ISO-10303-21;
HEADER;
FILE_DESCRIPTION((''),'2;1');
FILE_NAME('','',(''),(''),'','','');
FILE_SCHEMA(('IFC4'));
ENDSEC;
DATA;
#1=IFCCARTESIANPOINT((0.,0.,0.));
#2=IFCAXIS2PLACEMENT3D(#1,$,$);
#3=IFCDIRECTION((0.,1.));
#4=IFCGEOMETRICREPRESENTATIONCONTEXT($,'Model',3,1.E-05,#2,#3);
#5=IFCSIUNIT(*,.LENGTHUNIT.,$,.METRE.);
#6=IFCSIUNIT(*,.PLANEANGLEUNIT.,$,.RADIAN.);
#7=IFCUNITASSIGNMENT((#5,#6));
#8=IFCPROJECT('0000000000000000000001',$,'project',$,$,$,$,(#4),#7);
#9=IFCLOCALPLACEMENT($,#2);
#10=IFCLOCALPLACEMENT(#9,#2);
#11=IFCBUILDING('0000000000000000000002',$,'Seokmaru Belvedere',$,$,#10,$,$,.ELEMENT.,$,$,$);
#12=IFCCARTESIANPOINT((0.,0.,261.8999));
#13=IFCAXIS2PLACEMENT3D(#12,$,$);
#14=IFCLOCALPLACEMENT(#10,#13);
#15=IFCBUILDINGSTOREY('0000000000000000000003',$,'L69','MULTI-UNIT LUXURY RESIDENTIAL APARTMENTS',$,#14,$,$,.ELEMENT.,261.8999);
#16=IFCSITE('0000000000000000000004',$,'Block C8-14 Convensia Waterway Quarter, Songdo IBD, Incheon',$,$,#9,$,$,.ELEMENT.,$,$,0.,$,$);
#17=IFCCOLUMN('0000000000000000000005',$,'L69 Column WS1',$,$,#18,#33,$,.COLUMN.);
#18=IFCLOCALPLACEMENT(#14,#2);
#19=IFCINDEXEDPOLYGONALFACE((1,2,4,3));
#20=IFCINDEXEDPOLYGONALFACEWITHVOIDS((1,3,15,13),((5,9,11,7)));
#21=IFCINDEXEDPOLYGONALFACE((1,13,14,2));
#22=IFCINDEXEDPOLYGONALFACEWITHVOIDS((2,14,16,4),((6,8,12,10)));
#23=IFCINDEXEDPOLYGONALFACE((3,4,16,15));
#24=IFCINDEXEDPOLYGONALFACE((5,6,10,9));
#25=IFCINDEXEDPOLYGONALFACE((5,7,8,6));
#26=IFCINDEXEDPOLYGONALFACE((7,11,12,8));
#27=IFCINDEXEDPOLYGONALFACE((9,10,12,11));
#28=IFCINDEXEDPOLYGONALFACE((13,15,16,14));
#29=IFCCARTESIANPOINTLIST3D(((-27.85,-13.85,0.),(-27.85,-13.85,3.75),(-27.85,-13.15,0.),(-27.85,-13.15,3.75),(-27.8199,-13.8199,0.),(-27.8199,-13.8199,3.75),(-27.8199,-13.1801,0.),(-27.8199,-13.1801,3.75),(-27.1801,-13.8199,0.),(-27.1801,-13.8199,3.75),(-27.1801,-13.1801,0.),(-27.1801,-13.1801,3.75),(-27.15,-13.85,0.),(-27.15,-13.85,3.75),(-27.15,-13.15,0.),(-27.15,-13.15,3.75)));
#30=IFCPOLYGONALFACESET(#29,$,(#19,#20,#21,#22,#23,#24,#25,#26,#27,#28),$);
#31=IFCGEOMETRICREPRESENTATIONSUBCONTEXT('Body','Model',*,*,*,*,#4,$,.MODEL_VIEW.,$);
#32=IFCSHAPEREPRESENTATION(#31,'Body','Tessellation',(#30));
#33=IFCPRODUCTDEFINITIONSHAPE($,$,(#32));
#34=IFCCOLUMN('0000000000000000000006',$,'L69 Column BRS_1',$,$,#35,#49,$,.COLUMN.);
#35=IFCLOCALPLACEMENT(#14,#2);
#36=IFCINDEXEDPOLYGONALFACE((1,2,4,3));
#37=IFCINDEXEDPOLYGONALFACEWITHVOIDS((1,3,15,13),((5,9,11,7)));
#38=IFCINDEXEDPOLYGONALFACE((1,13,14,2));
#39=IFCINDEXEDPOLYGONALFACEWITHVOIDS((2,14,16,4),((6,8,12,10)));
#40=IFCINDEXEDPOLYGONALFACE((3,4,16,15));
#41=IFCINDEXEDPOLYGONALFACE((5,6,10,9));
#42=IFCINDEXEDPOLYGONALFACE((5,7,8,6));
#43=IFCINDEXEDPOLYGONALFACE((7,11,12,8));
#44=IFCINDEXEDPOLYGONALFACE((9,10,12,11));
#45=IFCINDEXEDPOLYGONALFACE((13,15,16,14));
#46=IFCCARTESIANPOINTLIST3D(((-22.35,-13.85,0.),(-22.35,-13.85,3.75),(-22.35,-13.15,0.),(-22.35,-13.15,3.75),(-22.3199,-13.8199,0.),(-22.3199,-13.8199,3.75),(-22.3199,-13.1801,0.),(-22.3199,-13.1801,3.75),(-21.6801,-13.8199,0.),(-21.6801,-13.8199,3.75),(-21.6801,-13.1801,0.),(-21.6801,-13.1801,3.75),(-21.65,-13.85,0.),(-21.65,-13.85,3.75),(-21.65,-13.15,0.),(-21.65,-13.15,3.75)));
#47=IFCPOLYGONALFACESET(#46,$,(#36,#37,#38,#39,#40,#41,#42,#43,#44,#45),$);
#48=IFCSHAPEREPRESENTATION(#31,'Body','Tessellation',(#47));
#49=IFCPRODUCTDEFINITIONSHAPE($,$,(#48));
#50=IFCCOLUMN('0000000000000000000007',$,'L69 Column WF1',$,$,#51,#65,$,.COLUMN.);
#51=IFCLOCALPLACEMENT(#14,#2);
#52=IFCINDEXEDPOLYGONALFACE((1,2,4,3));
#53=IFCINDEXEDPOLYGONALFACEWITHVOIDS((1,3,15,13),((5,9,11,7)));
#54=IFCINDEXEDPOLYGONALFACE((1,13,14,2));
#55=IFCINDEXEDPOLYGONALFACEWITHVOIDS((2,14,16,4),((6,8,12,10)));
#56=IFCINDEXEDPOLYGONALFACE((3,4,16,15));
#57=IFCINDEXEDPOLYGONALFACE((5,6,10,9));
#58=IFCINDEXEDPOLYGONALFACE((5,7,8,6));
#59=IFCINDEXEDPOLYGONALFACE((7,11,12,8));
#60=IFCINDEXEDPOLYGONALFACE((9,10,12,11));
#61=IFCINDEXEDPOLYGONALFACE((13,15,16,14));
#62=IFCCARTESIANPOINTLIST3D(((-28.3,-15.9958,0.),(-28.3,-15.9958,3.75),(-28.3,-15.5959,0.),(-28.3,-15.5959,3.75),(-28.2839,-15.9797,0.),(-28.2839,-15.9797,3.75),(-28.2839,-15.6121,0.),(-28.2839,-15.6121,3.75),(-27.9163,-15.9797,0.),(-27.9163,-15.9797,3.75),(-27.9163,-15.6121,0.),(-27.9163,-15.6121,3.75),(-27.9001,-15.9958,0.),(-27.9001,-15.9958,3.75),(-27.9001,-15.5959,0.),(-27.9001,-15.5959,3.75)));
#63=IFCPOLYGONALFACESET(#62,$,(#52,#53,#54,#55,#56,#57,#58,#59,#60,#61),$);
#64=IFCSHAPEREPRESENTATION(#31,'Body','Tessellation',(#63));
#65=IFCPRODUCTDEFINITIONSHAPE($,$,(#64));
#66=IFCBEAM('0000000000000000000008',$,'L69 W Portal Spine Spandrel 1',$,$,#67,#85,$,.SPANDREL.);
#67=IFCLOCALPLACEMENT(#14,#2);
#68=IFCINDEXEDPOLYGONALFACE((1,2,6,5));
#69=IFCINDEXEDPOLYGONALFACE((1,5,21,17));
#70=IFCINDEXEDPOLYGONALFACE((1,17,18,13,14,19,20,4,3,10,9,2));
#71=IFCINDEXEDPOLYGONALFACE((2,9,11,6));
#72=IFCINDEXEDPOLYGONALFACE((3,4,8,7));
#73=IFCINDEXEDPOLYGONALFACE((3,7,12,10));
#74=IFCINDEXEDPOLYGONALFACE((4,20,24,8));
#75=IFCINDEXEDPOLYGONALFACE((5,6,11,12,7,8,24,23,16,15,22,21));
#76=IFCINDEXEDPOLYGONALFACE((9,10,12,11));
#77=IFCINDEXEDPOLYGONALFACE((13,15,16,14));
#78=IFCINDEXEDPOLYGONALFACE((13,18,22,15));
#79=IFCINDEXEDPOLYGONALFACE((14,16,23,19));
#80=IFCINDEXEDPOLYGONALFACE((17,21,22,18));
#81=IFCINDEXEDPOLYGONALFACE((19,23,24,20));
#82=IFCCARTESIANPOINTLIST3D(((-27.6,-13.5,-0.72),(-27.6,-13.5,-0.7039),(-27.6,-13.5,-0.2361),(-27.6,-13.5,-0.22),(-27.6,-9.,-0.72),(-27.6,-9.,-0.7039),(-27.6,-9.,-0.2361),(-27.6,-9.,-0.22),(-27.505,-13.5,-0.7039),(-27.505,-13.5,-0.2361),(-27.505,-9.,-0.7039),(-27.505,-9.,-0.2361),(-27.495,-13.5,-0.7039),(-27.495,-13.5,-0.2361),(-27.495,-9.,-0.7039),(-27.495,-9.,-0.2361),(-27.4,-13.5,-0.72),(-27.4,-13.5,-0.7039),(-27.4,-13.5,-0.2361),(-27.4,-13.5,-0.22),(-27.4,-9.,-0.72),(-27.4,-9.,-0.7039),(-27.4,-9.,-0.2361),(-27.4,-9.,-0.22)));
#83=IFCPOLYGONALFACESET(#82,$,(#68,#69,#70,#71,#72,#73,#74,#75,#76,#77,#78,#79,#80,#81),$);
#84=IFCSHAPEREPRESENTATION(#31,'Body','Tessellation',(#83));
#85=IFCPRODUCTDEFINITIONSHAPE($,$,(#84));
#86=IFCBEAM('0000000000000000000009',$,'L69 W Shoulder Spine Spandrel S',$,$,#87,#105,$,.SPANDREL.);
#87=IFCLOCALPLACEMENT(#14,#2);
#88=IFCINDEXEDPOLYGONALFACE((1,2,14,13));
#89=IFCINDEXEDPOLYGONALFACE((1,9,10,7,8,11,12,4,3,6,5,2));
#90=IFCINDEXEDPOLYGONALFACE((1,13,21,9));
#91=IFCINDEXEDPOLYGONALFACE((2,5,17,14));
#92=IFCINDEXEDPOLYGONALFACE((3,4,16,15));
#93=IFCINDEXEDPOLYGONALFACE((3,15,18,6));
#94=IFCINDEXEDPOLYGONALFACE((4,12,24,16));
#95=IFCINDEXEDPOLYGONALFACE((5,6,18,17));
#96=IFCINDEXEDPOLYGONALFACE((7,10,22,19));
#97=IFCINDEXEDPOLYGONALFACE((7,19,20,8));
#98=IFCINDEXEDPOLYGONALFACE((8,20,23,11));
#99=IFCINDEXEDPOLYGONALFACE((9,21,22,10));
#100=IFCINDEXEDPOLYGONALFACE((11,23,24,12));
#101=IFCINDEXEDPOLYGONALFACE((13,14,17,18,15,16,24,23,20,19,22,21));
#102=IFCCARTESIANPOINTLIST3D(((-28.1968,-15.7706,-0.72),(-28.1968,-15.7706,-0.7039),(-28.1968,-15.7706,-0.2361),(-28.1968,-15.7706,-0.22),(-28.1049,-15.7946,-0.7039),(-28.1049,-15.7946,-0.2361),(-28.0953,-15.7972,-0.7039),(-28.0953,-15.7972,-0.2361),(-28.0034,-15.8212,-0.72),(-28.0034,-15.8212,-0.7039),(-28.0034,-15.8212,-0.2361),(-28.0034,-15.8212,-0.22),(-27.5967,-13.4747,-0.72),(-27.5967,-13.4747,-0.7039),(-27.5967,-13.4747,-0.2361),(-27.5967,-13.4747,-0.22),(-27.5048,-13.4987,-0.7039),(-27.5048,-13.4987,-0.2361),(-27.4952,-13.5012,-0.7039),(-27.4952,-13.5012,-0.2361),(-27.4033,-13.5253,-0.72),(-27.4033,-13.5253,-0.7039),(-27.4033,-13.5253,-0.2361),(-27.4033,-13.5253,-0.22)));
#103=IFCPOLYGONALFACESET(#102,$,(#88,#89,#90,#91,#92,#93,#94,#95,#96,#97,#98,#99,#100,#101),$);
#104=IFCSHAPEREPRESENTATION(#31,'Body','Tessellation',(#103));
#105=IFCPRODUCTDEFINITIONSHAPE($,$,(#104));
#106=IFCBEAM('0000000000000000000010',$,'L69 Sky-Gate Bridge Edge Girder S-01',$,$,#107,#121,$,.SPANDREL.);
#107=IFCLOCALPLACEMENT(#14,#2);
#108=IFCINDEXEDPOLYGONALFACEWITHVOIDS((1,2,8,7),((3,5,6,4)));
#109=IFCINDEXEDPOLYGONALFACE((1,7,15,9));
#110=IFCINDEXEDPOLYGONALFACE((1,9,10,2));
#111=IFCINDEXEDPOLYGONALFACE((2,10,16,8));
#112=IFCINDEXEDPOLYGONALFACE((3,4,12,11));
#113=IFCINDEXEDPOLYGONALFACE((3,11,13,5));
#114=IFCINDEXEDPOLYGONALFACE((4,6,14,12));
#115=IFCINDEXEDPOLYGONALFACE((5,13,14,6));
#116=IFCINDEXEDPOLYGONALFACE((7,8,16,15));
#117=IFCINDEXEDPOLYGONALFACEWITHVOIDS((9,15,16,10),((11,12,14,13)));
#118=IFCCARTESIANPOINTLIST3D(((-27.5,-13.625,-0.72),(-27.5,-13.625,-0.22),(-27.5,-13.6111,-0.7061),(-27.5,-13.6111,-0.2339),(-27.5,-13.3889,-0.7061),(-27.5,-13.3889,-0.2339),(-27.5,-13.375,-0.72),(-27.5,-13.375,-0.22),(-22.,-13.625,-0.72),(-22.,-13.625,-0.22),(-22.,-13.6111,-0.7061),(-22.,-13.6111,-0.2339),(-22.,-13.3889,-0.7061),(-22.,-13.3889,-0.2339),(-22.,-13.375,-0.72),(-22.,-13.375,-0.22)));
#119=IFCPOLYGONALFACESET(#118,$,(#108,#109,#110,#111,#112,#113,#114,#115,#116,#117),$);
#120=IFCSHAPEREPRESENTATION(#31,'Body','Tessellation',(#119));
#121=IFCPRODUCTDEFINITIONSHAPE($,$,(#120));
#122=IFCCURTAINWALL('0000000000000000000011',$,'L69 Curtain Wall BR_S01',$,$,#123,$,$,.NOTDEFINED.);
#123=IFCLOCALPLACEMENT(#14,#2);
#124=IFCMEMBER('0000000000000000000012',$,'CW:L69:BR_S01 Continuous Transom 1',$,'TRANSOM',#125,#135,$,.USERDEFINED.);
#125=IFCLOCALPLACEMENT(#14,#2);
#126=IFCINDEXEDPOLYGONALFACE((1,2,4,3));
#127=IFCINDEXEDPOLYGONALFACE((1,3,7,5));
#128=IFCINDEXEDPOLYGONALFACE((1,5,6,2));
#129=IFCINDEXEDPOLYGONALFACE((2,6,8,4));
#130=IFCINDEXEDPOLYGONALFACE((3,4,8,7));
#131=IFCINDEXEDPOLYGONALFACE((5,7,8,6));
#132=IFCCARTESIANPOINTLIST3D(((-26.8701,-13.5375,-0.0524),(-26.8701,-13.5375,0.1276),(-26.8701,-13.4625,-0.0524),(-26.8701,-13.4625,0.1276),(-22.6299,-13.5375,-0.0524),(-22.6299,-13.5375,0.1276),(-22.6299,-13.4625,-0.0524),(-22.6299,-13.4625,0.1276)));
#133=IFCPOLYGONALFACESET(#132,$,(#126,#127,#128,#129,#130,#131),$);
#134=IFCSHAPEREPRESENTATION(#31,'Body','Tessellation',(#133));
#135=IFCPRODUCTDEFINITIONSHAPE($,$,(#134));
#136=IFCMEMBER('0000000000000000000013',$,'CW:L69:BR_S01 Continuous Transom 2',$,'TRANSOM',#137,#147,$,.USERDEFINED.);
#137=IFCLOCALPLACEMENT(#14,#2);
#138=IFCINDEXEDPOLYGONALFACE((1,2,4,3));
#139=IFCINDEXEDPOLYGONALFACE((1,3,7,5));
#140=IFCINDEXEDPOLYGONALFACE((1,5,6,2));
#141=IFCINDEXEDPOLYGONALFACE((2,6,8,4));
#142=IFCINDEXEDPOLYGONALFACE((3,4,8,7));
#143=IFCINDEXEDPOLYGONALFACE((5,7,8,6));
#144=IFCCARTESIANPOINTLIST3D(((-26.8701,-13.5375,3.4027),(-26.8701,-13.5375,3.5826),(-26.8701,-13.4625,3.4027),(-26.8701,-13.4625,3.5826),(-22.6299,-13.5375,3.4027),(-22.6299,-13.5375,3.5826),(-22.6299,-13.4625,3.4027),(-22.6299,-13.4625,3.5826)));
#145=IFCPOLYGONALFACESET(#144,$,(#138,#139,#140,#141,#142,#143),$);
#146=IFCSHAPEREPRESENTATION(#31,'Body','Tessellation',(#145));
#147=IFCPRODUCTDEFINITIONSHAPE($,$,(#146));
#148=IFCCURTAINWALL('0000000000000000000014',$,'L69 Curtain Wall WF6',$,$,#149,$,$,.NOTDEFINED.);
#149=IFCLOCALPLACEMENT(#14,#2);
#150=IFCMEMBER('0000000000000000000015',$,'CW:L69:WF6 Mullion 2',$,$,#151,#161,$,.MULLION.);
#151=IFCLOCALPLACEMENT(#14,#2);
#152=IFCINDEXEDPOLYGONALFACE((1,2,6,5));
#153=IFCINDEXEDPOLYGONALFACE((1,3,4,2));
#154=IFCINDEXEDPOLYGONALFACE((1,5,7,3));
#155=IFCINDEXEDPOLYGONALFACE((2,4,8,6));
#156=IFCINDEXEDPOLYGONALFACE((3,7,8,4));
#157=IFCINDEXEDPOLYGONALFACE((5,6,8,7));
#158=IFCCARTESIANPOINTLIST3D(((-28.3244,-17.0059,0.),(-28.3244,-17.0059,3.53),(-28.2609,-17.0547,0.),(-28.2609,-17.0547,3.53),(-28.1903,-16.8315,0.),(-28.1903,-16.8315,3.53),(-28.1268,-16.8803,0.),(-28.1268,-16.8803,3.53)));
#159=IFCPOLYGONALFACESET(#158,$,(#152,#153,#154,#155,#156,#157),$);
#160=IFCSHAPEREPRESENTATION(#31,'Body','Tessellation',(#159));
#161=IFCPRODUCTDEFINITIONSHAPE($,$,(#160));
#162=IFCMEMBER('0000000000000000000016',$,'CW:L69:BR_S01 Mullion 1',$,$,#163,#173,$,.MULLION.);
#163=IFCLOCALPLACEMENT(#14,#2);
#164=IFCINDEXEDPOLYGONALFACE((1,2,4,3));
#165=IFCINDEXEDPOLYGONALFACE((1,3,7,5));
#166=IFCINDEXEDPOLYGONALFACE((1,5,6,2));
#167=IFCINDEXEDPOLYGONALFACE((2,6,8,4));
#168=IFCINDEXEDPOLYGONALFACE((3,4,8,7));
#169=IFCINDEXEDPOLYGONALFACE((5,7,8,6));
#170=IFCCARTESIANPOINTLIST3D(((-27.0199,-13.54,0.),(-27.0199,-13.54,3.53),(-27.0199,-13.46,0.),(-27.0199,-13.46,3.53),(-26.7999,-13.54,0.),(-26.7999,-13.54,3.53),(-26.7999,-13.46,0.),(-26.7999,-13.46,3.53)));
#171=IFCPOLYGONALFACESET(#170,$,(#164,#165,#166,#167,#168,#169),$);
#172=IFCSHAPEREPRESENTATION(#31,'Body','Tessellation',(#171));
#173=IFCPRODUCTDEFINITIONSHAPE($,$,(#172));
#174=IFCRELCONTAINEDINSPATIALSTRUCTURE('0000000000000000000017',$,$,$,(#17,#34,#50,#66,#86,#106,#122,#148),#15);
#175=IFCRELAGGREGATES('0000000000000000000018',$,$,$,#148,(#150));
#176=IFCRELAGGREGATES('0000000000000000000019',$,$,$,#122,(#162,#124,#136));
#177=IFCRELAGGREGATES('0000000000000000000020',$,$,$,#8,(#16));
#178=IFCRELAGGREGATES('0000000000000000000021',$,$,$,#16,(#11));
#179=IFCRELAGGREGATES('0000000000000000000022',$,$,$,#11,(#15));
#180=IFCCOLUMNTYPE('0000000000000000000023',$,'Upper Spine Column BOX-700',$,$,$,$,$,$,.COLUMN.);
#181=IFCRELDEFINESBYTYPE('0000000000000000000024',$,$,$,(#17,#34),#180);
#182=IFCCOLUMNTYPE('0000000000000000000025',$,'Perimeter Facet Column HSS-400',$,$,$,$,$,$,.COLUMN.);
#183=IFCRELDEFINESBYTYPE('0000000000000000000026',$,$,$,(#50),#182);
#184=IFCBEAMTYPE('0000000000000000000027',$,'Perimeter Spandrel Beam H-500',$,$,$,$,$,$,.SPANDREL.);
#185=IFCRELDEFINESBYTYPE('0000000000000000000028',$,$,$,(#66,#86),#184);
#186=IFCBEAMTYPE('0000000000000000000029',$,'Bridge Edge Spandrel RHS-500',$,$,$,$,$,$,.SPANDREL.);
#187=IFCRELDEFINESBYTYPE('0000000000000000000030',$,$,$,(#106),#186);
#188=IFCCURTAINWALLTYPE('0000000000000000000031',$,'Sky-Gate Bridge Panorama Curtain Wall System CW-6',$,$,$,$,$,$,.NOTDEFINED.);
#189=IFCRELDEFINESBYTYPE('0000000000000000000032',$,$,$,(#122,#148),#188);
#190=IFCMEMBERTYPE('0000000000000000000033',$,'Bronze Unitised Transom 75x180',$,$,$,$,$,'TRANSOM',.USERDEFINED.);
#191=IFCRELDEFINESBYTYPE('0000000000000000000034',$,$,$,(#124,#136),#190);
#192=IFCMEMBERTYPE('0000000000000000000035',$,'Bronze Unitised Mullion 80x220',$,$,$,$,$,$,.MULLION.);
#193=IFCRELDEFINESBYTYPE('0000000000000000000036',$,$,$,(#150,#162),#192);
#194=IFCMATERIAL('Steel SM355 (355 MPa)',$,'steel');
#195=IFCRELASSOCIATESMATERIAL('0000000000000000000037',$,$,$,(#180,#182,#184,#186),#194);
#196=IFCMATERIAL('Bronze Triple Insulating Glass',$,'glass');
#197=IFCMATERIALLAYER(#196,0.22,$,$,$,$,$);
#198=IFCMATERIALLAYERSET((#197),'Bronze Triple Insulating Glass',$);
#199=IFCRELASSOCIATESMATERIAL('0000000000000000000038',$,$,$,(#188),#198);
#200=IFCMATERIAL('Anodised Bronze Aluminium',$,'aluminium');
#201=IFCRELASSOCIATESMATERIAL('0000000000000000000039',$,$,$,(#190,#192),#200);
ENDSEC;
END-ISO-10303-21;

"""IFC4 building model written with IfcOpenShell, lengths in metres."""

from ifc_helpers import new_model, si_unit, direction, frame, origin, origin_2d, place, context, subcontext, project, spatial, rectangle, hollow_rectangle, i_section, extrude, source, transform, mapped, material, layer, layer_set, material_profile, profile_set, type_object, type_shapes, element, aggregate, save


model = new_model("IFC4")

# Units and contexts
model_context = context("Model", 3, precision=1e-05, world=origin(), true_north=direction((0.0, 1.0)))
body_context = subcontext(model_context, "Body", "Model", "MODEL_VIEW")
ifc_project = project(units=[si_unit("LENGTHUNIT", "METRE"), si_unit("PLANEANGLEUNIT", "RADIAN")], contexts=[model_context])

# Site, building, storey
site_placement = place(None, origin())
site = spatial("IfcSite", under=ifc_project, at=site_placement, Name="Block C8-14 Convensia Waterway Quarter, Songdo IBD, Incheon", CompositionType="ELEMENT", RefElevation=0.0)
building_placement = place(site_placement, origin())
building = spatial("IfcBuilding", under=site, at=building_placement, Name="Seokmaru Belvedere", CompositionType="ELEMENT")
storey_placement = place(building_placement, frame((0.0, 0.0, 261.8999)))
storey = spatial("IfcBuildingStorey", under=building, at=storey_placement, Name="L69", Description="MULTI-UNIT LUXURY RESIDENTIAL APARTMENTS", CompositionType="ELEMENT", Elevation=261.8999)

# Columns
ifc_material_1 = material(Name="Steel SM355 (355 MPa)", Category="steel")
ifc_material_profile_1 = material_profile(ifc_material_1, hollow_rectangle(XDim=0.7, YDim=0.7, WallThickness=0.03, at=origin_2d()), Name="BOX-700x700x30")
ifc_profile_set_1 = profile_set([ifc_material_profile_1], Name="Steel SM355 (355 MPa)")
column_type_1 = type_object("IfcColumnType", Name="Upper Spine Column BOX-700", PredefinedType="COLUMN", material=ifc_profile_set_1)
shared_shape_1 = source(origin(), body_context, "Body", "SweptSolid", [
    extrude(hollow_rectangle(XDim=0.7, YDim=0.7, WallThickness=0.03, at=origin_2d()), origin(), (0.0, 0.0, 1.0), 3.75),
])
type_shapes(column_type_1, [shared_shape_1])
for number, where, z_axis, x_axis, name in (
    (1, (-27.5, -13.5, 0.0), (0.0, 0.0, 1.0), (1.0, 0.0, 0.0), "L69 Column WS1"),
    (2, (-22.0, -13.5, 0.0), (0.0, 0.0, 1.0), (1.0, 0.0, 0.0), "L69 Column BRS_1"),
):
    element("IfcColumn", number, at=place(storey_placement, frame(where, z_axis=z_axis, x_axis=x_axis)), inside=storey, type_object=column_type_1, Name=name, PredefinedType="COLUMN", context=body_context, shape_type="MappedRepresentation", body=[
        mapped(shared_shape_1, transform((0.0, 0.0, 0.0), scale=1.0)),
    ])
ifc_material_profile_2 = material_profile(ifc_material_1, hollow_rectangle(XDim=0.3999, YDim=0.3999, WallThickness=0.0161, at=origin_2d()), Name="HSS-400x400x16")
ifc_profile_set_2 = profile_set([ifc_material_profile_2], Name="Steel SM355 (355 MPa)")
column_type_2 = type_object("IfcColumnType", Name="Perimeter Facet Column HSS-400", PredefinedType="COLUMN", material=ifc_profile_set_2)
shared_shape_2 = source(origin(), body_context, "Body", "SweptSolid", [
    extrude(hollow_rectangle(XDim=0.3999, YDim=0.3999, WallThickness=0.0161, at=origin_2d()), origin(), (0.0, 0.0, 1.0), 3.75),
])
type_shapes(column_type_2, [shared_shape_2])
column_placement = place(storey_placement, frame((-28.1001, -15.7959, 0.0), z_axis=(0.0, 0.0, 1.0), x_axis=(1.0, 0.0, 0.0)))
element("IfcColumn", 3, at=column_placement, inside=storey, type_object=column_type_2, Name="L69 Column WF1", PredefinedType="COLUMN", context=body_context, shape_type="MappedRepresentation", body=[
    mapped(shared_shape_2, transform((0.0, 0.0, 0.0), scale=1.0)),
])

# Beams
ifc_material_profile_3 = material_profile(ifc_material_1, i_section(OverallWidth=0.2, OverallDepth=0.5, WebThickness=0.01, FlangeThickness=0.0161, at=origin_2d()), Name="H-500x200x10x16")
ifc_profile_set_3 = profile_set([ifc_material_profile_3], Name="Steel SM355 (355 MPa)")
beam_type_1 = type_object("IfcBeamType", Name="Perimeter Spandrel Beam H-500", PredefinedType="SPANDREL", material=ifc_profile_set_3)
shared_shape_3 = source(origin(), body_context, "Body", "SweptSolid", [
    extrude(i_section(OverallWidth=0.2, OverallDepth=0.5, WebThickness=0.01, FlangeThickness=0.0161, at=origin_2d()), origin(), (0.0, 0.0, 1.0), 4.5),
])
beam_1_placement = place(storey_placement, frame((-27.5, -13.5, -0.47), z_axis=(0.0, 1.0, 0.0), x_axis=(-1.0, 0.0, 0.0)))
element("IfcBeam", 4, at=beam_1_placement, inside=storey, type_object=beam_type_1, Name="L69 W Portal Spine Spandrel 1", PredefinedType="SPANDREL", context=body_context, shape_type="MappedRepresentation", body=[
    mapped(shared_shape_3, transform((0.0, 0.0, 0.0), scale=1.0)),
])
shared_shape_4 = source(origin(), body_context, "Body", "SweptSolid", [
    extrude(i_section(OverallWidth=0.2, OverallDepth=0.5, WebThickness=0.01, FlangeThickness=0.0161, at=origin_2d()), origin(), (0.0, 0.0, 1.0), 2.373),
])
type_shapes(beam_type_1, [shared_shape_3, shared_shape_4])
beam_2_placement = place(storey_placement, frame((-28.1001, -15.7959, -0.47), z_axis=(0.252883, 0.967497, 0.0), x_axis=(-0.967497, 0.252883, 0.0)))
element("IfcBeam", 5, at=beam_2_placement, inside=storey, type_object=beam_type_1, Name="L69 W Shoulder Spine Spandrel S", PredefinedType="SPANDREL", context=body_context, shape_type="MappedRepresentation", body=[
    mapped(shared_shape_4, transform((0.0, 0.0, 0.0), scale=1.0)),
])
ifc_material_profile_4 = material_profile(ifc_material_1, hollow_rectangle(XDim=0.25, YDim=0.5, WallThickness=0.0139, at=origin_2d()), Name="RHS-500x250x14")
ifc_profile_set_4 = profile_set([ifc_material_profile_4], Name="Steel SM355 (355 MPa)")
beam_type_2 = type_object("IfcBeamType", Name="Bridge Edge Spandrel RHS-500", PredefinedType="SPANDREL", material=ifc_profile_set_4)
shared_shape_5 = source(origin(), body_context, "Body", "SweptSolid", [
    extrude(hollow_rectangle(XDim=0.25, YDim=0.5, WallThickness=0.0139, at=origin_2d()), origin(), (0.0, 0.0, 1.0), 5.5),
])
type_shapes(beam_type_2, [shared_shape_5])
beam_3_placement = place(storey_placement, frame((-27.5, -13.5, -0.47), z_axis=(1.0, 0.0, 0.0), x_axis=(0.0, 1.0, 0.0)))
element("IfcBeam", 6, at=beam_3_placement, inside=storey, type_object=beam_type_2, Name="L69 Sky-Gate Bridge Edge Girder S-01", PredefinedType="SPANDREL", context=body_context, shape_type="MappedRepresentation", body=[
    mapped(shared_shape_5, transform((0.0, 0.0, 0.0), scale=1.0)),
])

# Curtain wall, members
ifc_material_2 = material(Name="Bronze Triple Insulating Glass", Category="glass")
ifc_layer_1 = layer(ifc_material_2, 0.22)
ifc_layer_set_1 = layer_set([ifc_layer_1], Name="Bronze Triple Insulating Glass")
curtain_wall_type = type_object("IfcCurtainWallType", Name="Sky-Gate Bridge Panorama Curtain Wall System CW-6", PredefinedType="NOTDEFINED", material=ifc_layer_set_1)
curtain_wall_1_placement = place(storey_placement, origin())
curtain_wall_1 = element("IfcCurtainWall", 7, at=curtain_wall_1_placement, inside=storey, type_object=curtain_wall_type, Name="L69 Curtain Wall BR_S01", PredefinedType="NOTDEFINED")
ifc_material_3 = material(Name="Anodised Bronze Aluminium", Category="aluminium")
ifc_material_profile_5 = material_profile(ifc_material_3, rectangle(XDim=0.075, YDim=0.1799, at=origin_2d()), Name="CW-T-75x180")
ifc_profile_set_5 = profile_set([ifc_material_profile_5], Name="Anodised Bronze Aluminium")
member_type_1 = type_object("IfcMemberType", Name="Bronze Unitised Transom 75x180", ElementType="TRANSOM", PredefinedType="USERDEFINED", material=ifc_profile_set_5)
shared_shape_6 = source(origin(), body_context, "Body", "SweptSolid", [
    extrude(rectangle(XDim=0.075, YDim=0.1799, at=origin_2d()), origin(), (0.0, 0.0, 1.0), 4.2402),
])
type_shapes(member_type_1, [shared_shape_6])
member_1_placement = place(storey_placement, frame((-26.8701, -13.5, 0.0376), z_axis=(1.0, 0.0, 0.0), x_axis=(0.0, 1.0, 0.0)))
member_1 = element("IfcMember", 8, at=member_1_placement, type_object=member_type_1, Name="CW:L69:BR_S01 Continuous Transom 1", ObjectType="TRANSOM", PredefinedType="USERDEFINED", context=body_context, shape_type="MappedRepresentation", body=[
    mapped(shared_shape_6, transform((0.0, 0.0, 0.0), scale=1.0)),
])
member_2_placement = place(storey_placement, frame((-26.8701, -13.5, 3.4927), z_axis=(1.0, 0.0, 0.0), x_axis=(0.0, 1.0, 0.0)))
member_2 = element("IfcMember", 9, at=member_2_placement, type_object=member_type_1, Name="CW:L69:BR_S01 Continuous Transom 2", ObjectType="TRANSOM", PredefinedType="USERDEFINED", context=body_context, shape_type="MappedRepresentation", body=[
    mapped(shared_shape_6, transform((0.0, 0.0, 0.0), scale=1.0)),
])

# Curtain wall, member
curtain_wall_2_placement = place(storey_placement, origin())
curtain_wall_2 = element("IfcCurtainWall", 10, at=curtain_wall_2_placement, inside=storey, type_object=curtain_wall_type, Name="L69 Curtain Wall WF6", PredefinedType="NOTDEFINED")
ifc_material_profile_6 = material_profile(ifc_material_3, rectangle(XDim=0.0801, YDim=0.22, at=origin_2d()), Name="CW-M-80x220")
ifc_profile_set_6 = profile_set([ifc_material_profile_6], Name="Anodised Bronze Aluminium")
member_type_2 = type_object("IfcMemberType", Name="Bronze Unitised Mullion 80x220", PredefinedType="MULLION", material=ifc_profile_set_6)
shared_shape_7 = source(origin(), body_context, "Body", "SweptSolid", [
    extrude(rectangle(XDim=0.0801, YDim=0.22, at=origin_2d()), origin(), (0.0, 0.0, 1.0), 3.53),
])
type_shapes(member_type_2, [shared_shape_7])
member_3_placement = place(storey_placement, frame((-28.2256, -16.9431, 0.0), z_axis=(0.0, 0.0, 1.0), x_axis=(-0.792631, 0.609701, 0.0)))
member_3 = element("IfcMember", 11, at=member_3_placement, type_object=member_type_2, Name="CW:L69:WF6 Mullion 2", PredefinedType="MULLION", context=body_context, shape_type="MappedRepresentation", body=[
    mapped(shared_shape_7, transform((0.0, 0.0, 0.0), scale=1.0)),
])

# Member
member_4_placement = place(storey_placement, frame((-26.9099, -13.5, 0.0), z_axis=(0.0, 0.0, 1.0), x_axis=(0.0, 1.0, 0.0)))
member_4 = element("IfcMember", 12, at=member_4_placement, type_object=member_type_2, Name="CW:L69:BR_S01 Mullion 1", PredefinedType="MULLION", context=body_context, shape_type="MappedRepresentation", body=[
    mapped(shared_shape_7, transform((0.0, 0.0, 0.0), scale=1.0)),
])

aggregate(curtain_wall_2, [member_3])
aggregate(curtain_wall_1, [member_4, member_1, member_2])

save(model, "model.ifc")
